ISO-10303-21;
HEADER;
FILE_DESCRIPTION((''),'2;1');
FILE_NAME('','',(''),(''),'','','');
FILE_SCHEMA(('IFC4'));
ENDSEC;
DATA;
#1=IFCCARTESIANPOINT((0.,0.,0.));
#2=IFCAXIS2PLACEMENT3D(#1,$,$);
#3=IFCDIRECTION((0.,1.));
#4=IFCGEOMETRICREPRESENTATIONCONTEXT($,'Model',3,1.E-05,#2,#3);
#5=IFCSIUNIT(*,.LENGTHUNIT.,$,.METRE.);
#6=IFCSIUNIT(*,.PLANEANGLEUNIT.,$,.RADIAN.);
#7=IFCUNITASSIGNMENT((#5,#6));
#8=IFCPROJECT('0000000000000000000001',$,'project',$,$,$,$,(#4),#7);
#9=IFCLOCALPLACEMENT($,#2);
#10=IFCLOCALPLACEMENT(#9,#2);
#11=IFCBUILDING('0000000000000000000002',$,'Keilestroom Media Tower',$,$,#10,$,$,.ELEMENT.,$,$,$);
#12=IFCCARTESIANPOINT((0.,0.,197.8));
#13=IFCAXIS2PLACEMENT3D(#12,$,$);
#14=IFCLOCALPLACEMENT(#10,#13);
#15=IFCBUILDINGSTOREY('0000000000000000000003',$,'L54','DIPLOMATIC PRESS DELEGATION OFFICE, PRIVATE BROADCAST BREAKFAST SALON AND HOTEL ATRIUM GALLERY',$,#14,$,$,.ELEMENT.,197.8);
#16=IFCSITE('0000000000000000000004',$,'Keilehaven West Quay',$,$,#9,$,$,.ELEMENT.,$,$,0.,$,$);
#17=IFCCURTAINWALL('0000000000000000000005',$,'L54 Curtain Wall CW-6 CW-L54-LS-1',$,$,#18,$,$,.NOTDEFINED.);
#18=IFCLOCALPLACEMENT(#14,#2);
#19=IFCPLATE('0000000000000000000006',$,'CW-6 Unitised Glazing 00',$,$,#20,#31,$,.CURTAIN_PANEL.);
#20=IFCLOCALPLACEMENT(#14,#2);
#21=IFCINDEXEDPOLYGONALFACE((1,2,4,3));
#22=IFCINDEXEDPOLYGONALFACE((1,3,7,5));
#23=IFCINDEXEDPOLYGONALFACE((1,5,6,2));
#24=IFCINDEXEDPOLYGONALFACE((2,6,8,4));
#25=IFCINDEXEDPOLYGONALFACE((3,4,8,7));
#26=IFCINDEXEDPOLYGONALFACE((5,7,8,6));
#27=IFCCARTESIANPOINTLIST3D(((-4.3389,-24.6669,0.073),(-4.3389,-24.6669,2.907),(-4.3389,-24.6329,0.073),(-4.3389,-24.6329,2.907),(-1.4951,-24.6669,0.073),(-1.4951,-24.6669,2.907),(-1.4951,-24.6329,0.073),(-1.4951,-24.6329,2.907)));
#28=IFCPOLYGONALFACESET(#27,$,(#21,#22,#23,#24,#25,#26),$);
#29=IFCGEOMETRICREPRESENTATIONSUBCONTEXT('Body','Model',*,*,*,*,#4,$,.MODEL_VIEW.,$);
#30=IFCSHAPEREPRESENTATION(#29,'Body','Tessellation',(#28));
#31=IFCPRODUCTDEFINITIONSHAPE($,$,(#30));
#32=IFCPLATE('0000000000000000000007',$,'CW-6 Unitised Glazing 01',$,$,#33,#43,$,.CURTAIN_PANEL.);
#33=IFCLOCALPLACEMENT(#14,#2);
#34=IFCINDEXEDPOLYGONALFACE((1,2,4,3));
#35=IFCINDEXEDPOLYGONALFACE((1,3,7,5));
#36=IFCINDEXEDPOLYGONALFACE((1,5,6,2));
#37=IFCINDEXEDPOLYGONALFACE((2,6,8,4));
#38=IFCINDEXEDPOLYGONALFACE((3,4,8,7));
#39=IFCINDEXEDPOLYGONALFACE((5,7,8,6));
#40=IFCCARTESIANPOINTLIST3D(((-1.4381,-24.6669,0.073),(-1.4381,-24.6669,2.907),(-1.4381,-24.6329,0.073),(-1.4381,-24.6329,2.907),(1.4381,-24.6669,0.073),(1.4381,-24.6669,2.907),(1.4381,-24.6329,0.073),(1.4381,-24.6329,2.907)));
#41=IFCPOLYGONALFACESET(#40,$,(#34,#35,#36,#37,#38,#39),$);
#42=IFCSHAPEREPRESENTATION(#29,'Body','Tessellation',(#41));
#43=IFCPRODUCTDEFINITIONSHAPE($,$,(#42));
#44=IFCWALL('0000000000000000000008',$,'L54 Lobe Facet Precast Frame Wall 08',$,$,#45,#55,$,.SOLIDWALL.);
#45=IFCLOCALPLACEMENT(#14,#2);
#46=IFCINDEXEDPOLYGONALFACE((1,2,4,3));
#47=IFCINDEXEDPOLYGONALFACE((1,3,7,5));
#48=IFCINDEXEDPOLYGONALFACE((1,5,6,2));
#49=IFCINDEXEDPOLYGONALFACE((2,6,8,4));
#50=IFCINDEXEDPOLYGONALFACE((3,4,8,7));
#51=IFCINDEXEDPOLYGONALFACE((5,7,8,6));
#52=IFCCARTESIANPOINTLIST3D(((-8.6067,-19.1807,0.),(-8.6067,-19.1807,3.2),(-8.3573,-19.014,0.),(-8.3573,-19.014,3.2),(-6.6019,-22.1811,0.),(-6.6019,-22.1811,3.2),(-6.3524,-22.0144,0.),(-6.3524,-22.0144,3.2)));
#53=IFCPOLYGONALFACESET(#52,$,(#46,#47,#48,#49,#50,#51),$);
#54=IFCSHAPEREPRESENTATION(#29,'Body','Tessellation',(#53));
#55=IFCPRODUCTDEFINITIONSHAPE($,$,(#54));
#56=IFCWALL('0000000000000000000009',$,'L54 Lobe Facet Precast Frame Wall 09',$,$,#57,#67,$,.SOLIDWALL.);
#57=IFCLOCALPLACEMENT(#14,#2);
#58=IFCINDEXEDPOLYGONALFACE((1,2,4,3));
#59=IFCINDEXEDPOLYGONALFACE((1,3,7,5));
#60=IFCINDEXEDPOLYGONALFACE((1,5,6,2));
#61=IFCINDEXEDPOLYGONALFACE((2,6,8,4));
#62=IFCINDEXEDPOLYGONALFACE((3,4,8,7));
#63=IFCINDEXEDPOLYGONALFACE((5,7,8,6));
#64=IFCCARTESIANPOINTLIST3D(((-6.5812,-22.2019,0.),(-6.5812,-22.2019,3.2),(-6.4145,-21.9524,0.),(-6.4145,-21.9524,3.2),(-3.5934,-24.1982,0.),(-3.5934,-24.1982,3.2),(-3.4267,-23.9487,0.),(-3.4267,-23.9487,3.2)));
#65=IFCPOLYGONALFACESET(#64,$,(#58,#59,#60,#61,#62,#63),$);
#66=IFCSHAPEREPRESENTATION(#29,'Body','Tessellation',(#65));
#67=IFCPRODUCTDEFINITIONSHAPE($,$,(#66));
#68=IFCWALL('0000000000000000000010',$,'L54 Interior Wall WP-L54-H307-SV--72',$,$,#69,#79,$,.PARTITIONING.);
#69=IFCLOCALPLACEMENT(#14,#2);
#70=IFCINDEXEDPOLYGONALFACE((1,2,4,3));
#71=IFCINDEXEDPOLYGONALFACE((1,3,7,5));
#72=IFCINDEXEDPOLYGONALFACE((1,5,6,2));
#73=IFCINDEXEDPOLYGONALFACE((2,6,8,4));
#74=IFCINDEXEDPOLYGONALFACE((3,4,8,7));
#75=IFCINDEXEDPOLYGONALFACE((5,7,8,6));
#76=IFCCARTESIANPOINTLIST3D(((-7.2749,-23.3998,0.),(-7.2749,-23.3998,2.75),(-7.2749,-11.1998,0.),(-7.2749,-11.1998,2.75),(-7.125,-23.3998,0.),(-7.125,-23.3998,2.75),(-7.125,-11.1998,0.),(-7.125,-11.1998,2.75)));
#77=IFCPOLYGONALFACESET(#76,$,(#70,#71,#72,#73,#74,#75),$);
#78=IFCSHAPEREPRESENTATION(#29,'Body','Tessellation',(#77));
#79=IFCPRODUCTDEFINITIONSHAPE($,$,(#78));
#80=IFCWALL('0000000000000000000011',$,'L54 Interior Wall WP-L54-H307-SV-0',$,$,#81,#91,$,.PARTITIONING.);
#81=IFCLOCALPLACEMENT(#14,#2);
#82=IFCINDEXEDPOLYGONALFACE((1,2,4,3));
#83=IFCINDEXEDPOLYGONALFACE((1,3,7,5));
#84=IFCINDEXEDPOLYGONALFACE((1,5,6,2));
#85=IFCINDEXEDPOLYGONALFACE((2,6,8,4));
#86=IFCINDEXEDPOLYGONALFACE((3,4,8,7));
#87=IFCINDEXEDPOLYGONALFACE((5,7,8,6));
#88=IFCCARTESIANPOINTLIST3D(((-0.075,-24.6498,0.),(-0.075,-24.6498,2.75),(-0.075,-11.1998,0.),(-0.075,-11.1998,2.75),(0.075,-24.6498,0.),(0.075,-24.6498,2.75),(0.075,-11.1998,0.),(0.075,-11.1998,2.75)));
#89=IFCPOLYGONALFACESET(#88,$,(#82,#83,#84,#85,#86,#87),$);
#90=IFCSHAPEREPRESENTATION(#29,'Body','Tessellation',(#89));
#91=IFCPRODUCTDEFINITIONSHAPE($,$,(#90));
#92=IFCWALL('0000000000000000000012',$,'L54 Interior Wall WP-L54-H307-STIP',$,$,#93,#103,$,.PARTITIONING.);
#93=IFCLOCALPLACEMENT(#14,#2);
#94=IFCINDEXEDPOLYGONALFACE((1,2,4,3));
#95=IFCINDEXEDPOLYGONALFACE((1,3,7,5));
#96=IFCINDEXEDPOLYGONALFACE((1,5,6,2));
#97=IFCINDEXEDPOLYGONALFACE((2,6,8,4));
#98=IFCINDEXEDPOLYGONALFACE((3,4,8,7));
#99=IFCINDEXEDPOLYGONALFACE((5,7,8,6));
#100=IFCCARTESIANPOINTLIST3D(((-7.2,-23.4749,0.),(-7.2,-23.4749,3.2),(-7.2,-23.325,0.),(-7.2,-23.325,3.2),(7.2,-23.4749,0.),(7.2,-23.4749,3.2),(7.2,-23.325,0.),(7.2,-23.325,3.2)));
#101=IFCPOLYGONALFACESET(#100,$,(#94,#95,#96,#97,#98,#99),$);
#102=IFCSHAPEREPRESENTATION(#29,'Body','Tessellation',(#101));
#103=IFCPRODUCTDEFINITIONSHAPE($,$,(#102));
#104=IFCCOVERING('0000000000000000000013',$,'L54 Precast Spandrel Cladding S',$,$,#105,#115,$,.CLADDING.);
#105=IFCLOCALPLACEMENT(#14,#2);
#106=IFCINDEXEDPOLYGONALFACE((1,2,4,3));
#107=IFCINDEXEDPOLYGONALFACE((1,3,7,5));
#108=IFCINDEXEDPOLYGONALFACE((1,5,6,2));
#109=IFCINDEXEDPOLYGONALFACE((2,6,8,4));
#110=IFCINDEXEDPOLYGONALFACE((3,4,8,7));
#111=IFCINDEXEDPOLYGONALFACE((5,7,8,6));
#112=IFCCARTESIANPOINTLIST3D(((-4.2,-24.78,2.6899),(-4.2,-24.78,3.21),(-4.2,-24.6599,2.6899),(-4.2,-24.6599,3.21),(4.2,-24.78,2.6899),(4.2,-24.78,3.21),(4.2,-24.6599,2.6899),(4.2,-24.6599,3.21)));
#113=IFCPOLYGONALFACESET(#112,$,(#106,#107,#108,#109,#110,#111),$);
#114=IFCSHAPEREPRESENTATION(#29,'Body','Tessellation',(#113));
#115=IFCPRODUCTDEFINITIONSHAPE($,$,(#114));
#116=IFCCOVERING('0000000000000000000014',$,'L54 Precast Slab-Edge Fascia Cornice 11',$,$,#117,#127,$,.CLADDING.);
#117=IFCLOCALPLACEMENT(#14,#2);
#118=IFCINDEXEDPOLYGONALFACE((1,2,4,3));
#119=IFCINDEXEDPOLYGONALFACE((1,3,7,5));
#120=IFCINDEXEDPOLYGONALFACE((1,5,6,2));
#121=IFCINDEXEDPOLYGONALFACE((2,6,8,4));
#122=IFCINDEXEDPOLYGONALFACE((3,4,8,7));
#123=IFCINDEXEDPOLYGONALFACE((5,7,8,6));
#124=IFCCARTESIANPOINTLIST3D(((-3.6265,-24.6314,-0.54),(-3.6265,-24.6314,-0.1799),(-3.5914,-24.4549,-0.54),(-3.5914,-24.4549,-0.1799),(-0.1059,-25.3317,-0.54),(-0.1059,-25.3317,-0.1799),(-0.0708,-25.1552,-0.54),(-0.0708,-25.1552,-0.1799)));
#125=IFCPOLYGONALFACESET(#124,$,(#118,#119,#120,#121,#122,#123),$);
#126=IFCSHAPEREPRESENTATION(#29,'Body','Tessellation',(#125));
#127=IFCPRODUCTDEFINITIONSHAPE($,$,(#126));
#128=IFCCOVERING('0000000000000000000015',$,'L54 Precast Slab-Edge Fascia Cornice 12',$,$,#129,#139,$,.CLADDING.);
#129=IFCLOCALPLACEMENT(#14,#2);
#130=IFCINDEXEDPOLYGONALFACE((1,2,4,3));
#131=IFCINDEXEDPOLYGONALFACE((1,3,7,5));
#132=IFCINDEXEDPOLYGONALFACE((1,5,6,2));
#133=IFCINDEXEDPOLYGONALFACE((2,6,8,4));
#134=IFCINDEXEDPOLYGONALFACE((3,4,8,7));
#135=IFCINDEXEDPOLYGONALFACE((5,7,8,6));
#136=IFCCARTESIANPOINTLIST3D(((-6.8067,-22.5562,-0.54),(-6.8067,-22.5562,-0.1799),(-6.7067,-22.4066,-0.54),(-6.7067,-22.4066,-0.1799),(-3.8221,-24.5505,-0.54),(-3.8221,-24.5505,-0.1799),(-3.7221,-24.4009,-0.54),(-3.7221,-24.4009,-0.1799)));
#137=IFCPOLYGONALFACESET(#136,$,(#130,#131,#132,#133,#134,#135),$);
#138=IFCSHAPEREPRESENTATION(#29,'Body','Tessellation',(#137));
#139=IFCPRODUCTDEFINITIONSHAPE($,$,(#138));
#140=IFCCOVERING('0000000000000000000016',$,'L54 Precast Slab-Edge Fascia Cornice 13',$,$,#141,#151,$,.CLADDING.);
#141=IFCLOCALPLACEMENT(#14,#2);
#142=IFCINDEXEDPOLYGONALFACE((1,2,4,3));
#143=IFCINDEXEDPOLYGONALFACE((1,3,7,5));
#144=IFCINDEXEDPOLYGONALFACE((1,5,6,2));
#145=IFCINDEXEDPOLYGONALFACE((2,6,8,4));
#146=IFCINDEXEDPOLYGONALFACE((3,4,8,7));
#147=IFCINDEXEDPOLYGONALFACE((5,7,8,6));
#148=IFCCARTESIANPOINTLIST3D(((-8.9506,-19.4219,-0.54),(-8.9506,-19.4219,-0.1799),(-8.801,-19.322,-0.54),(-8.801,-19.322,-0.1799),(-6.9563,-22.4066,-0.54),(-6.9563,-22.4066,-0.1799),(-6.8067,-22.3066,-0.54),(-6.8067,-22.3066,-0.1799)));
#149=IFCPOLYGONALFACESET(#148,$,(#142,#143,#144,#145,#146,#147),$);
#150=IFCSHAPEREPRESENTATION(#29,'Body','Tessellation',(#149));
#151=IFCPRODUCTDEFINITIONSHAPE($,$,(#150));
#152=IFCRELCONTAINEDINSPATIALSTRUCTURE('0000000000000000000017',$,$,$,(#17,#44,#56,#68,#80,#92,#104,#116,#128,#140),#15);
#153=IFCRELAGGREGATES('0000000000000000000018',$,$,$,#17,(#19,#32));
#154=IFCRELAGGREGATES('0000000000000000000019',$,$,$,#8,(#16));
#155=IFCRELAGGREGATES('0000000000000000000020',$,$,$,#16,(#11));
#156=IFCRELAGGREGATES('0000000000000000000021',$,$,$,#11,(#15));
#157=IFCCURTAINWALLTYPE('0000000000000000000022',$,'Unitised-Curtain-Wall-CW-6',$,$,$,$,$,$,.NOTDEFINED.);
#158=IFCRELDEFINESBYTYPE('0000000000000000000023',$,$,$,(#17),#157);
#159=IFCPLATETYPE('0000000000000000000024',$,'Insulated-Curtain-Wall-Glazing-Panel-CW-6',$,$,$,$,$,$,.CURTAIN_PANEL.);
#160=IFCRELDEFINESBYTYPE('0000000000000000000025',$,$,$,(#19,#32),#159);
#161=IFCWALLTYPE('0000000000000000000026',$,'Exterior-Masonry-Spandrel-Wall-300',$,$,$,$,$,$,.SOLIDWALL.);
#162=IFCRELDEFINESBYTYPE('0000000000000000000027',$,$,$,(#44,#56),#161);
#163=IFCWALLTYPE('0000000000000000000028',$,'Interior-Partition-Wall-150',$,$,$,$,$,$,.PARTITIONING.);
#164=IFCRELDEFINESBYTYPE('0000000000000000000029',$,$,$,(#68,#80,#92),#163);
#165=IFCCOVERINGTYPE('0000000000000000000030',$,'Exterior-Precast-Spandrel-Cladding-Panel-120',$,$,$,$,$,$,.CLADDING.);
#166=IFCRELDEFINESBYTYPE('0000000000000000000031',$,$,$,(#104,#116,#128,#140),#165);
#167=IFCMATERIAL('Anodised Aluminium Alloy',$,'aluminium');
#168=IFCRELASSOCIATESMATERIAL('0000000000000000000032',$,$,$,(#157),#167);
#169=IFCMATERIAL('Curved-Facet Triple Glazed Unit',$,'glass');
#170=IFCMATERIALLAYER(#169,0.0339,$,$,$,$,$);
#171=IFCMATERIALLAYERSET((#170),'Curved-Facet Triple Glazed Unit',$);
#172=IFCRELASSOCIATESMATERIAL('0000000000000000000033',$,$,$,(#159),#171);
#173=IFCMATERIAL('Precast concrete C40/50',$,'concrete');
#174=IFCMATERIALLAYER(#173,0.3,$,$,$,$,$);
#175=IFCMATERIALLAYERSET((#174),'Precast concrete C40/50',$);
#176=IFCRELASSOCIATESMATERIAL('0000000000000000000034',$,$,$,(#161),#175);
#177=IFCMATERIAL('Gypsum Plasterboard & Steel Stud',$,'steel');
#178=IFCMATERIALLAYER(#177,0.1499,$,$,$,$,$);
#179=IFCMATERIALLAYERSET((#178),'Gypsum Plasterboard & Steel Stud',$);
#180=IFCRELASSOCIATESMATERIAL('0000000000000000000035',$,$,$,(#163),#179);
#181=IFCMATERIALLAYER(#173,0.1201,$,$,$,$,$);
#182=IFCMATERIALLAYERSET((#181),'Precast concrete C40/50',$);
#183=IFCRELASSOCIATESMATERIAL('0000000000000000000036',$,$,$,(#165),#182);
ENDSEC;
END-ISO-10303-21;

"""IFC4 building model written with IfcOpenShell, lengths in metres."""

from ifc_helpers import new_model, si_unit, direction, frame, frame_2d, origin, origin_2d, place, context, subcontext, project, spatial, rectangle, extrude, source, transform, mapped, material, layer, layer_set, type_object, element, aggregate, save


model = new_model("IFC4")

# Units and contexts
model_context = context("Model", 3, precision=1e-05, world=origin(), true_north=direction((0.0, 1.0)))
body_context = subcontext(model_context, "Body", "Model", "MODEL_VIEW")
ifc_project = project(units=[si_unit("LENGTHUNIT", "METRE"), si_unit("PLANEANGLEUNIT", "RADIAN")], contexts=[model_context])

# Site, building, storey
site_placement = place(None, origin())
site = spatial("IfcSite", under=ifc_project, at=site_placement, Name="Keilehaven West Quay", CompositionType="ELEMENT", RefElevation=0.0)
building_placement = place(site_placement, origin())
building = spatial("IfcBuilding", under=site, at=building_placement, Name="Keilestroom Media Tower", CompositionType="ELEMENT")
storey_placement = place(building_placement, frame((0.0, 0.0, 197.8)))
storey = spatial("IfcBuildingStorey", under=building, at=storey_placement, Name="L54", Description="DIPLOMATIC PRESS DELEGATION OFFICE, PRIVATE BROADCAST BREAKFAST SALON AND HOTEL ATRIUM GALLERY", CompositionType="ELEMENT", Elevation=197.8)

# Curtain wall, plates
ifc_material_1 = material(Name="Anodised Aluminium Alloy", Category="aluminium")
curtain_wall_type = type_object("IfcCurtainWallType", Name="Unitised-Curtain-Wall-CW-6", PredefinedType="NOTDEFINED", material=ifc_material_1)
curtain_wall_placement = place(storey_placement, origin())
curtain_wall = element("IfcCurtainWall", 1, at=curtain_wall_placement, inside=storey, type_object=curtain_wall_type, Name="L54 Curtain Wall CW-6 CW-L54-LS-1", PredefinedType="NOTDEFINED")
ifc_material_2 = material(Name="Curved-Facet Triple Glazed Unit", Category="glass")
ifc_layer_1 = layer(ifc_material_2, 0.0339)
ifc_layer_set_1 = layer_set([ifc_layer_1], Name="Curved-Facet Triple Glazed Unit")
plate_type = type_object("IfcPlateType", Name="Insulated-Curtain-Wall-Glazing-Panel-CW-6", PredefinedType="CURTAIN_PANEL", material=ifc_layer_set_1)
shared_shape_1 = source(origin(), body_context, "Body", "SweptSolid", [
    extrude(rectangle(XDim=2.8438, YDim=0.0339, at=origin_2d()), origin(), (0.0, 0.0, 1.0), 2.834),
])
plate_1_placement = place(storey_placement, frame((-2.917, -24.6499, 0.073), z_axis=(0.0, 0.0, 1.0), x_axis=(1.0, 0.0, 0.0)))
plate_1 = element("IfcPlate", 2, at=plate_1_placement, type_object=plate_type, Name="CW-6 Unitised Glazing 00", PredefinedType="CURTAIN_PANEL", context=body_context, shape_type="MappedRepresentation", body=[
    mapped(shared_shape_1, transform((0.0, 0.0, 0.0), x_axis=(1.0, 0.0, 0.0), y_axis=(0.0, 1.0, 0.0), z_axis=(0.0, 0.0, 1.0), scale=1.0)),
])
shared_shape_2 = source(origin(), body_context, "Body", "SweptSolid", [
    extrude(rectangle(XDim=2.8762, YDim=0.0339, at=origin_2d()), origin(), (0.0, 0.0, 1.0), 2.834),
])
plate_2_placement = place(storey_placement, frame((0.0, -24.6499, 0.073), z_axis=(0.0, 0.0, 1.0), x_axis=(1.0, 0.0, 0.0)))
plate_2 = element("IfcPlate", 3, at=plate_2_placement, type_object=plate_type, Name="CW-6 Unitised Glazing 01", PredefinedType="CURTAIN_PANEL", context=body_context, shape_type="MappedRepresentation", body=[
    mapped(shared_shape_2, transform((0.0, 0.0, 0.0), x_axis=(1.0, 0.0, 0.0), y_axis=(0.0, 1.0, 0.0), z_axis=(0.0, 0.0, 1.0), scale=1.0)),
])
aggregate(curtain_wall, [plate_1, plate_2])

# Walls
ifc_material_3 = material(Name="Precast concrete C40/50", Category="concrete")
ifc_layer_2 = layer(ifc_material_3, 0.3)
ifc_layer_set_2 = layer_set([ifc_layer_2], Name="Precast concrete C40/50")
wall_type_1 = type_object("IfcWallType", Name="Exterior-Masonry-Spandrel-Wall-300", PredefinedType="SOLIDWALL", material=ifc_layer_set_2)
wall_1_placement = place(storey_placement, frame((-8.4819, -19.0974, 0.0), z_axis=(0.0, 0.0, 1.0), x_axis=(0.555574, -0.831467, 0.0)))
element("IfcWall", 4, at=wall_1_placement, inside=storey, type_object=wall_type_1, Name="L54 Lobe Facet Precast Frame Wall 08", PredefinedType="SOLIDWALL", context=body_context, shape_type="SweptSolid", body=[
    extrude(rectangle(XDim=3.6086, YDim=0.3, at=frame_2d((1.8042, 0.0))), origin(), (0.0, 0.0, 1.0), 3.2),
])
wall_2_placement = place(storey_placement, frame((-6.4978, -22.0771, 0.0), z_axis=(0.0, 0.0, 1.0), x_axis=(0.831475, -0.555562, 0.0)))
element("IfcWall", 5, at=wall_2_placement, inside=storey, type_object=wall_type_1, Name="L54 Lobe Facet Precast Frame Wall 09", PredefinedType="SOLIDWALL", context=body_context, shape_type="SweptSolid", body=[
    extrude(rectangle(XDim=3.5933, YDim=0.3, at=frame_2d((1.7966, 0.0))), origin(), (0.0, 0.0, 1.0), 3.2),
])
ifc_material_4 = material(Name="Gypsum Plasterboard & Steel Stud", Category="steel")
ifc_layer_3 = layer(ifc_material_4, 0.1499)
ifc_layer_set_3 = layer_set([ifc_layer_3], Name="Gypsum Plasterboard & Steel Stud")
wall_type_2 = type_object("IfcWallType", Name="Interior-Partition-Wall-150", PredefinedType="PARTITIONING", material=ifc_layer_set_3)
wall_3_placement = place(storey_placement, frame((-7.2, -23.3999, 0.0), z_axis=(0.0, 0.0, 1.0), x_axis=(0.0, 1.0, 0.0)))
element("IfcWall", 6, at=wall_3_placement, inside=storey, type_object=wall_type_2, Name="L54 Interior Wall WP-L54-H307-SV--72", PredefinedType="PARTITIONING", context=body_context, shape_type="SweptSolid", body=[
    extrude(rectangle(XDim=12.2, YDim=0.1499, at=frame_2d((6.1001, 0.0))), origin(), (0.0, 0.0, 1.0), 2.75),
])
wall_4_placement = place(storey_placement, frame((0.0, -24.6499, 0.0), z_axis=(0.0, 0.0, 1.0), x_axis=(0.0, 1.0, 0.0)))
element("IfcWall", 7, at=wall_4_placement, inside=storey, type_object=wall_type_2, Name="L54 Interior Wall WP-L54-H307-SV-0", PredefinedType="PARTITIONING", context=body_context, shape_type="SweptSolid", body=[
    extrude(rectangle(XDim=13.45, YDim=0.1499, at=frame_2d((6.7251, 0.0))), origin(), (0.0, 0.0, 1.0), 2.75),
])
wall_5_placement = place(storey_placement, frame((-7.2, -23.3999, 0.0), z_axis=(0.0, 0.0, 1.0), x_axis=(1.0, 0.0, 0.0)))
element("IfcWall", 8, at=wall_5_placement, inside=storey, type_object=wall_type_2, Name="L54 Interior Wall WP-L54-H307-STIP", PredefinedType="PARTITIONING", context=body_context, shape_type="SweptSolid", body=[
    extrude(rectangle(XDim=14.3999, YDim=0.1499, at=frame_2d((7.2, 0.0))), origin(), (0.0, 0.0, 1.0), 3.2),
])

# Coverings
ifc_layer_4 = layer(ifc_material_3, 0.1201)
ifc_layer_set_4 = layer_set([ifc_layer_4], Name="Precast concrete C40/50")
covering_type = type_object("IfcCoveringType", Name="Exterior-Precast-Spandrel-Cladding-Panel-120", PredefinedType="CLADDING", material=ifc_layer_set_4)
shared_shape_3 = source(origin(), body_context, "Body", "SweptSolid", [
    extrude(rectangle(XDim=8.3999, YDim=0.1201, at=origin_2d()), origin(), (0.0, 0.0, 1.0), 0.52),
])
covering_placement = place(storey_placement, frame((0.0, -24.72, 2.6899), z_axis=(0.0, 0.0, 1.0), x_axis=(1.0, 0.0, 0.0)))
element("IfcCovering", 9, at=covering_placement, inside=storey, type_object=covering_type, Name="L54 Precast Spandrel Cladding S", PredefinedType="CLADDING", context=body_context, shape_type="MappedRepresentation", body=[
    mapped(shared_shape_3, transform((0.0, 0.0, 0.0), x_axis=(1.0, 0.0, 0.0), y_axis=(0.0, 1.0, 0.0), z_axis=(0.0, 0.0, 1.0), scale=1.0)),
])
shared_shape_4 = source(origin(), body_context, "Body", "SweptSolid", [
    extrude(rectangle(XDim=3.5896, YDim=0.1799, at=origin_2d()), origin(), (0.0, 0.0, 1.0), 0.3601),
])
for number, where, z_axis, x_axis, name in (
    (10, (-1.8486, -24.8933, -0.54), (0.0, 0.0, 1.0), (-0.980784, 0.195099, 0.0), "L54 Precast Slab-Edge Fascia Cornice 11"),
    (11, (-5.2644, -23.4785, -0.54), (0.0, 0.0, 1.0), (-0.831467, 0.555575, 0.0), "L54 Precast Slab-Edge Fascia Cornice 12"),
    (12, (-7.8787, -20.8643, -0.54), (0.0, 0.0, 1.0), (-0.555575, 0.831467, 0.0), "L54 Precast Slab-Edge Fascia Cornice 13"),
):
    element("IfcCovering", number, at=place(storey_placement, frame(where, z_axis=z_axis, x_axis=x_axis)), inside=storey, type_object=covering_type, Name=name, PredefinedType="CLADDING", context=body_context, shape_type="MappedRepresentation", body=[
        mapped(shared_shape_4, transform((0.0, 0.0, 0.0), x_axis=(1.0, 0.0, 0.0), y_axis=(0.0, 1.0, 0.0), z_axis=(0.0, 0.0, 1.0), scale=1.0)),
    ])

save(model, "model.ifc")
